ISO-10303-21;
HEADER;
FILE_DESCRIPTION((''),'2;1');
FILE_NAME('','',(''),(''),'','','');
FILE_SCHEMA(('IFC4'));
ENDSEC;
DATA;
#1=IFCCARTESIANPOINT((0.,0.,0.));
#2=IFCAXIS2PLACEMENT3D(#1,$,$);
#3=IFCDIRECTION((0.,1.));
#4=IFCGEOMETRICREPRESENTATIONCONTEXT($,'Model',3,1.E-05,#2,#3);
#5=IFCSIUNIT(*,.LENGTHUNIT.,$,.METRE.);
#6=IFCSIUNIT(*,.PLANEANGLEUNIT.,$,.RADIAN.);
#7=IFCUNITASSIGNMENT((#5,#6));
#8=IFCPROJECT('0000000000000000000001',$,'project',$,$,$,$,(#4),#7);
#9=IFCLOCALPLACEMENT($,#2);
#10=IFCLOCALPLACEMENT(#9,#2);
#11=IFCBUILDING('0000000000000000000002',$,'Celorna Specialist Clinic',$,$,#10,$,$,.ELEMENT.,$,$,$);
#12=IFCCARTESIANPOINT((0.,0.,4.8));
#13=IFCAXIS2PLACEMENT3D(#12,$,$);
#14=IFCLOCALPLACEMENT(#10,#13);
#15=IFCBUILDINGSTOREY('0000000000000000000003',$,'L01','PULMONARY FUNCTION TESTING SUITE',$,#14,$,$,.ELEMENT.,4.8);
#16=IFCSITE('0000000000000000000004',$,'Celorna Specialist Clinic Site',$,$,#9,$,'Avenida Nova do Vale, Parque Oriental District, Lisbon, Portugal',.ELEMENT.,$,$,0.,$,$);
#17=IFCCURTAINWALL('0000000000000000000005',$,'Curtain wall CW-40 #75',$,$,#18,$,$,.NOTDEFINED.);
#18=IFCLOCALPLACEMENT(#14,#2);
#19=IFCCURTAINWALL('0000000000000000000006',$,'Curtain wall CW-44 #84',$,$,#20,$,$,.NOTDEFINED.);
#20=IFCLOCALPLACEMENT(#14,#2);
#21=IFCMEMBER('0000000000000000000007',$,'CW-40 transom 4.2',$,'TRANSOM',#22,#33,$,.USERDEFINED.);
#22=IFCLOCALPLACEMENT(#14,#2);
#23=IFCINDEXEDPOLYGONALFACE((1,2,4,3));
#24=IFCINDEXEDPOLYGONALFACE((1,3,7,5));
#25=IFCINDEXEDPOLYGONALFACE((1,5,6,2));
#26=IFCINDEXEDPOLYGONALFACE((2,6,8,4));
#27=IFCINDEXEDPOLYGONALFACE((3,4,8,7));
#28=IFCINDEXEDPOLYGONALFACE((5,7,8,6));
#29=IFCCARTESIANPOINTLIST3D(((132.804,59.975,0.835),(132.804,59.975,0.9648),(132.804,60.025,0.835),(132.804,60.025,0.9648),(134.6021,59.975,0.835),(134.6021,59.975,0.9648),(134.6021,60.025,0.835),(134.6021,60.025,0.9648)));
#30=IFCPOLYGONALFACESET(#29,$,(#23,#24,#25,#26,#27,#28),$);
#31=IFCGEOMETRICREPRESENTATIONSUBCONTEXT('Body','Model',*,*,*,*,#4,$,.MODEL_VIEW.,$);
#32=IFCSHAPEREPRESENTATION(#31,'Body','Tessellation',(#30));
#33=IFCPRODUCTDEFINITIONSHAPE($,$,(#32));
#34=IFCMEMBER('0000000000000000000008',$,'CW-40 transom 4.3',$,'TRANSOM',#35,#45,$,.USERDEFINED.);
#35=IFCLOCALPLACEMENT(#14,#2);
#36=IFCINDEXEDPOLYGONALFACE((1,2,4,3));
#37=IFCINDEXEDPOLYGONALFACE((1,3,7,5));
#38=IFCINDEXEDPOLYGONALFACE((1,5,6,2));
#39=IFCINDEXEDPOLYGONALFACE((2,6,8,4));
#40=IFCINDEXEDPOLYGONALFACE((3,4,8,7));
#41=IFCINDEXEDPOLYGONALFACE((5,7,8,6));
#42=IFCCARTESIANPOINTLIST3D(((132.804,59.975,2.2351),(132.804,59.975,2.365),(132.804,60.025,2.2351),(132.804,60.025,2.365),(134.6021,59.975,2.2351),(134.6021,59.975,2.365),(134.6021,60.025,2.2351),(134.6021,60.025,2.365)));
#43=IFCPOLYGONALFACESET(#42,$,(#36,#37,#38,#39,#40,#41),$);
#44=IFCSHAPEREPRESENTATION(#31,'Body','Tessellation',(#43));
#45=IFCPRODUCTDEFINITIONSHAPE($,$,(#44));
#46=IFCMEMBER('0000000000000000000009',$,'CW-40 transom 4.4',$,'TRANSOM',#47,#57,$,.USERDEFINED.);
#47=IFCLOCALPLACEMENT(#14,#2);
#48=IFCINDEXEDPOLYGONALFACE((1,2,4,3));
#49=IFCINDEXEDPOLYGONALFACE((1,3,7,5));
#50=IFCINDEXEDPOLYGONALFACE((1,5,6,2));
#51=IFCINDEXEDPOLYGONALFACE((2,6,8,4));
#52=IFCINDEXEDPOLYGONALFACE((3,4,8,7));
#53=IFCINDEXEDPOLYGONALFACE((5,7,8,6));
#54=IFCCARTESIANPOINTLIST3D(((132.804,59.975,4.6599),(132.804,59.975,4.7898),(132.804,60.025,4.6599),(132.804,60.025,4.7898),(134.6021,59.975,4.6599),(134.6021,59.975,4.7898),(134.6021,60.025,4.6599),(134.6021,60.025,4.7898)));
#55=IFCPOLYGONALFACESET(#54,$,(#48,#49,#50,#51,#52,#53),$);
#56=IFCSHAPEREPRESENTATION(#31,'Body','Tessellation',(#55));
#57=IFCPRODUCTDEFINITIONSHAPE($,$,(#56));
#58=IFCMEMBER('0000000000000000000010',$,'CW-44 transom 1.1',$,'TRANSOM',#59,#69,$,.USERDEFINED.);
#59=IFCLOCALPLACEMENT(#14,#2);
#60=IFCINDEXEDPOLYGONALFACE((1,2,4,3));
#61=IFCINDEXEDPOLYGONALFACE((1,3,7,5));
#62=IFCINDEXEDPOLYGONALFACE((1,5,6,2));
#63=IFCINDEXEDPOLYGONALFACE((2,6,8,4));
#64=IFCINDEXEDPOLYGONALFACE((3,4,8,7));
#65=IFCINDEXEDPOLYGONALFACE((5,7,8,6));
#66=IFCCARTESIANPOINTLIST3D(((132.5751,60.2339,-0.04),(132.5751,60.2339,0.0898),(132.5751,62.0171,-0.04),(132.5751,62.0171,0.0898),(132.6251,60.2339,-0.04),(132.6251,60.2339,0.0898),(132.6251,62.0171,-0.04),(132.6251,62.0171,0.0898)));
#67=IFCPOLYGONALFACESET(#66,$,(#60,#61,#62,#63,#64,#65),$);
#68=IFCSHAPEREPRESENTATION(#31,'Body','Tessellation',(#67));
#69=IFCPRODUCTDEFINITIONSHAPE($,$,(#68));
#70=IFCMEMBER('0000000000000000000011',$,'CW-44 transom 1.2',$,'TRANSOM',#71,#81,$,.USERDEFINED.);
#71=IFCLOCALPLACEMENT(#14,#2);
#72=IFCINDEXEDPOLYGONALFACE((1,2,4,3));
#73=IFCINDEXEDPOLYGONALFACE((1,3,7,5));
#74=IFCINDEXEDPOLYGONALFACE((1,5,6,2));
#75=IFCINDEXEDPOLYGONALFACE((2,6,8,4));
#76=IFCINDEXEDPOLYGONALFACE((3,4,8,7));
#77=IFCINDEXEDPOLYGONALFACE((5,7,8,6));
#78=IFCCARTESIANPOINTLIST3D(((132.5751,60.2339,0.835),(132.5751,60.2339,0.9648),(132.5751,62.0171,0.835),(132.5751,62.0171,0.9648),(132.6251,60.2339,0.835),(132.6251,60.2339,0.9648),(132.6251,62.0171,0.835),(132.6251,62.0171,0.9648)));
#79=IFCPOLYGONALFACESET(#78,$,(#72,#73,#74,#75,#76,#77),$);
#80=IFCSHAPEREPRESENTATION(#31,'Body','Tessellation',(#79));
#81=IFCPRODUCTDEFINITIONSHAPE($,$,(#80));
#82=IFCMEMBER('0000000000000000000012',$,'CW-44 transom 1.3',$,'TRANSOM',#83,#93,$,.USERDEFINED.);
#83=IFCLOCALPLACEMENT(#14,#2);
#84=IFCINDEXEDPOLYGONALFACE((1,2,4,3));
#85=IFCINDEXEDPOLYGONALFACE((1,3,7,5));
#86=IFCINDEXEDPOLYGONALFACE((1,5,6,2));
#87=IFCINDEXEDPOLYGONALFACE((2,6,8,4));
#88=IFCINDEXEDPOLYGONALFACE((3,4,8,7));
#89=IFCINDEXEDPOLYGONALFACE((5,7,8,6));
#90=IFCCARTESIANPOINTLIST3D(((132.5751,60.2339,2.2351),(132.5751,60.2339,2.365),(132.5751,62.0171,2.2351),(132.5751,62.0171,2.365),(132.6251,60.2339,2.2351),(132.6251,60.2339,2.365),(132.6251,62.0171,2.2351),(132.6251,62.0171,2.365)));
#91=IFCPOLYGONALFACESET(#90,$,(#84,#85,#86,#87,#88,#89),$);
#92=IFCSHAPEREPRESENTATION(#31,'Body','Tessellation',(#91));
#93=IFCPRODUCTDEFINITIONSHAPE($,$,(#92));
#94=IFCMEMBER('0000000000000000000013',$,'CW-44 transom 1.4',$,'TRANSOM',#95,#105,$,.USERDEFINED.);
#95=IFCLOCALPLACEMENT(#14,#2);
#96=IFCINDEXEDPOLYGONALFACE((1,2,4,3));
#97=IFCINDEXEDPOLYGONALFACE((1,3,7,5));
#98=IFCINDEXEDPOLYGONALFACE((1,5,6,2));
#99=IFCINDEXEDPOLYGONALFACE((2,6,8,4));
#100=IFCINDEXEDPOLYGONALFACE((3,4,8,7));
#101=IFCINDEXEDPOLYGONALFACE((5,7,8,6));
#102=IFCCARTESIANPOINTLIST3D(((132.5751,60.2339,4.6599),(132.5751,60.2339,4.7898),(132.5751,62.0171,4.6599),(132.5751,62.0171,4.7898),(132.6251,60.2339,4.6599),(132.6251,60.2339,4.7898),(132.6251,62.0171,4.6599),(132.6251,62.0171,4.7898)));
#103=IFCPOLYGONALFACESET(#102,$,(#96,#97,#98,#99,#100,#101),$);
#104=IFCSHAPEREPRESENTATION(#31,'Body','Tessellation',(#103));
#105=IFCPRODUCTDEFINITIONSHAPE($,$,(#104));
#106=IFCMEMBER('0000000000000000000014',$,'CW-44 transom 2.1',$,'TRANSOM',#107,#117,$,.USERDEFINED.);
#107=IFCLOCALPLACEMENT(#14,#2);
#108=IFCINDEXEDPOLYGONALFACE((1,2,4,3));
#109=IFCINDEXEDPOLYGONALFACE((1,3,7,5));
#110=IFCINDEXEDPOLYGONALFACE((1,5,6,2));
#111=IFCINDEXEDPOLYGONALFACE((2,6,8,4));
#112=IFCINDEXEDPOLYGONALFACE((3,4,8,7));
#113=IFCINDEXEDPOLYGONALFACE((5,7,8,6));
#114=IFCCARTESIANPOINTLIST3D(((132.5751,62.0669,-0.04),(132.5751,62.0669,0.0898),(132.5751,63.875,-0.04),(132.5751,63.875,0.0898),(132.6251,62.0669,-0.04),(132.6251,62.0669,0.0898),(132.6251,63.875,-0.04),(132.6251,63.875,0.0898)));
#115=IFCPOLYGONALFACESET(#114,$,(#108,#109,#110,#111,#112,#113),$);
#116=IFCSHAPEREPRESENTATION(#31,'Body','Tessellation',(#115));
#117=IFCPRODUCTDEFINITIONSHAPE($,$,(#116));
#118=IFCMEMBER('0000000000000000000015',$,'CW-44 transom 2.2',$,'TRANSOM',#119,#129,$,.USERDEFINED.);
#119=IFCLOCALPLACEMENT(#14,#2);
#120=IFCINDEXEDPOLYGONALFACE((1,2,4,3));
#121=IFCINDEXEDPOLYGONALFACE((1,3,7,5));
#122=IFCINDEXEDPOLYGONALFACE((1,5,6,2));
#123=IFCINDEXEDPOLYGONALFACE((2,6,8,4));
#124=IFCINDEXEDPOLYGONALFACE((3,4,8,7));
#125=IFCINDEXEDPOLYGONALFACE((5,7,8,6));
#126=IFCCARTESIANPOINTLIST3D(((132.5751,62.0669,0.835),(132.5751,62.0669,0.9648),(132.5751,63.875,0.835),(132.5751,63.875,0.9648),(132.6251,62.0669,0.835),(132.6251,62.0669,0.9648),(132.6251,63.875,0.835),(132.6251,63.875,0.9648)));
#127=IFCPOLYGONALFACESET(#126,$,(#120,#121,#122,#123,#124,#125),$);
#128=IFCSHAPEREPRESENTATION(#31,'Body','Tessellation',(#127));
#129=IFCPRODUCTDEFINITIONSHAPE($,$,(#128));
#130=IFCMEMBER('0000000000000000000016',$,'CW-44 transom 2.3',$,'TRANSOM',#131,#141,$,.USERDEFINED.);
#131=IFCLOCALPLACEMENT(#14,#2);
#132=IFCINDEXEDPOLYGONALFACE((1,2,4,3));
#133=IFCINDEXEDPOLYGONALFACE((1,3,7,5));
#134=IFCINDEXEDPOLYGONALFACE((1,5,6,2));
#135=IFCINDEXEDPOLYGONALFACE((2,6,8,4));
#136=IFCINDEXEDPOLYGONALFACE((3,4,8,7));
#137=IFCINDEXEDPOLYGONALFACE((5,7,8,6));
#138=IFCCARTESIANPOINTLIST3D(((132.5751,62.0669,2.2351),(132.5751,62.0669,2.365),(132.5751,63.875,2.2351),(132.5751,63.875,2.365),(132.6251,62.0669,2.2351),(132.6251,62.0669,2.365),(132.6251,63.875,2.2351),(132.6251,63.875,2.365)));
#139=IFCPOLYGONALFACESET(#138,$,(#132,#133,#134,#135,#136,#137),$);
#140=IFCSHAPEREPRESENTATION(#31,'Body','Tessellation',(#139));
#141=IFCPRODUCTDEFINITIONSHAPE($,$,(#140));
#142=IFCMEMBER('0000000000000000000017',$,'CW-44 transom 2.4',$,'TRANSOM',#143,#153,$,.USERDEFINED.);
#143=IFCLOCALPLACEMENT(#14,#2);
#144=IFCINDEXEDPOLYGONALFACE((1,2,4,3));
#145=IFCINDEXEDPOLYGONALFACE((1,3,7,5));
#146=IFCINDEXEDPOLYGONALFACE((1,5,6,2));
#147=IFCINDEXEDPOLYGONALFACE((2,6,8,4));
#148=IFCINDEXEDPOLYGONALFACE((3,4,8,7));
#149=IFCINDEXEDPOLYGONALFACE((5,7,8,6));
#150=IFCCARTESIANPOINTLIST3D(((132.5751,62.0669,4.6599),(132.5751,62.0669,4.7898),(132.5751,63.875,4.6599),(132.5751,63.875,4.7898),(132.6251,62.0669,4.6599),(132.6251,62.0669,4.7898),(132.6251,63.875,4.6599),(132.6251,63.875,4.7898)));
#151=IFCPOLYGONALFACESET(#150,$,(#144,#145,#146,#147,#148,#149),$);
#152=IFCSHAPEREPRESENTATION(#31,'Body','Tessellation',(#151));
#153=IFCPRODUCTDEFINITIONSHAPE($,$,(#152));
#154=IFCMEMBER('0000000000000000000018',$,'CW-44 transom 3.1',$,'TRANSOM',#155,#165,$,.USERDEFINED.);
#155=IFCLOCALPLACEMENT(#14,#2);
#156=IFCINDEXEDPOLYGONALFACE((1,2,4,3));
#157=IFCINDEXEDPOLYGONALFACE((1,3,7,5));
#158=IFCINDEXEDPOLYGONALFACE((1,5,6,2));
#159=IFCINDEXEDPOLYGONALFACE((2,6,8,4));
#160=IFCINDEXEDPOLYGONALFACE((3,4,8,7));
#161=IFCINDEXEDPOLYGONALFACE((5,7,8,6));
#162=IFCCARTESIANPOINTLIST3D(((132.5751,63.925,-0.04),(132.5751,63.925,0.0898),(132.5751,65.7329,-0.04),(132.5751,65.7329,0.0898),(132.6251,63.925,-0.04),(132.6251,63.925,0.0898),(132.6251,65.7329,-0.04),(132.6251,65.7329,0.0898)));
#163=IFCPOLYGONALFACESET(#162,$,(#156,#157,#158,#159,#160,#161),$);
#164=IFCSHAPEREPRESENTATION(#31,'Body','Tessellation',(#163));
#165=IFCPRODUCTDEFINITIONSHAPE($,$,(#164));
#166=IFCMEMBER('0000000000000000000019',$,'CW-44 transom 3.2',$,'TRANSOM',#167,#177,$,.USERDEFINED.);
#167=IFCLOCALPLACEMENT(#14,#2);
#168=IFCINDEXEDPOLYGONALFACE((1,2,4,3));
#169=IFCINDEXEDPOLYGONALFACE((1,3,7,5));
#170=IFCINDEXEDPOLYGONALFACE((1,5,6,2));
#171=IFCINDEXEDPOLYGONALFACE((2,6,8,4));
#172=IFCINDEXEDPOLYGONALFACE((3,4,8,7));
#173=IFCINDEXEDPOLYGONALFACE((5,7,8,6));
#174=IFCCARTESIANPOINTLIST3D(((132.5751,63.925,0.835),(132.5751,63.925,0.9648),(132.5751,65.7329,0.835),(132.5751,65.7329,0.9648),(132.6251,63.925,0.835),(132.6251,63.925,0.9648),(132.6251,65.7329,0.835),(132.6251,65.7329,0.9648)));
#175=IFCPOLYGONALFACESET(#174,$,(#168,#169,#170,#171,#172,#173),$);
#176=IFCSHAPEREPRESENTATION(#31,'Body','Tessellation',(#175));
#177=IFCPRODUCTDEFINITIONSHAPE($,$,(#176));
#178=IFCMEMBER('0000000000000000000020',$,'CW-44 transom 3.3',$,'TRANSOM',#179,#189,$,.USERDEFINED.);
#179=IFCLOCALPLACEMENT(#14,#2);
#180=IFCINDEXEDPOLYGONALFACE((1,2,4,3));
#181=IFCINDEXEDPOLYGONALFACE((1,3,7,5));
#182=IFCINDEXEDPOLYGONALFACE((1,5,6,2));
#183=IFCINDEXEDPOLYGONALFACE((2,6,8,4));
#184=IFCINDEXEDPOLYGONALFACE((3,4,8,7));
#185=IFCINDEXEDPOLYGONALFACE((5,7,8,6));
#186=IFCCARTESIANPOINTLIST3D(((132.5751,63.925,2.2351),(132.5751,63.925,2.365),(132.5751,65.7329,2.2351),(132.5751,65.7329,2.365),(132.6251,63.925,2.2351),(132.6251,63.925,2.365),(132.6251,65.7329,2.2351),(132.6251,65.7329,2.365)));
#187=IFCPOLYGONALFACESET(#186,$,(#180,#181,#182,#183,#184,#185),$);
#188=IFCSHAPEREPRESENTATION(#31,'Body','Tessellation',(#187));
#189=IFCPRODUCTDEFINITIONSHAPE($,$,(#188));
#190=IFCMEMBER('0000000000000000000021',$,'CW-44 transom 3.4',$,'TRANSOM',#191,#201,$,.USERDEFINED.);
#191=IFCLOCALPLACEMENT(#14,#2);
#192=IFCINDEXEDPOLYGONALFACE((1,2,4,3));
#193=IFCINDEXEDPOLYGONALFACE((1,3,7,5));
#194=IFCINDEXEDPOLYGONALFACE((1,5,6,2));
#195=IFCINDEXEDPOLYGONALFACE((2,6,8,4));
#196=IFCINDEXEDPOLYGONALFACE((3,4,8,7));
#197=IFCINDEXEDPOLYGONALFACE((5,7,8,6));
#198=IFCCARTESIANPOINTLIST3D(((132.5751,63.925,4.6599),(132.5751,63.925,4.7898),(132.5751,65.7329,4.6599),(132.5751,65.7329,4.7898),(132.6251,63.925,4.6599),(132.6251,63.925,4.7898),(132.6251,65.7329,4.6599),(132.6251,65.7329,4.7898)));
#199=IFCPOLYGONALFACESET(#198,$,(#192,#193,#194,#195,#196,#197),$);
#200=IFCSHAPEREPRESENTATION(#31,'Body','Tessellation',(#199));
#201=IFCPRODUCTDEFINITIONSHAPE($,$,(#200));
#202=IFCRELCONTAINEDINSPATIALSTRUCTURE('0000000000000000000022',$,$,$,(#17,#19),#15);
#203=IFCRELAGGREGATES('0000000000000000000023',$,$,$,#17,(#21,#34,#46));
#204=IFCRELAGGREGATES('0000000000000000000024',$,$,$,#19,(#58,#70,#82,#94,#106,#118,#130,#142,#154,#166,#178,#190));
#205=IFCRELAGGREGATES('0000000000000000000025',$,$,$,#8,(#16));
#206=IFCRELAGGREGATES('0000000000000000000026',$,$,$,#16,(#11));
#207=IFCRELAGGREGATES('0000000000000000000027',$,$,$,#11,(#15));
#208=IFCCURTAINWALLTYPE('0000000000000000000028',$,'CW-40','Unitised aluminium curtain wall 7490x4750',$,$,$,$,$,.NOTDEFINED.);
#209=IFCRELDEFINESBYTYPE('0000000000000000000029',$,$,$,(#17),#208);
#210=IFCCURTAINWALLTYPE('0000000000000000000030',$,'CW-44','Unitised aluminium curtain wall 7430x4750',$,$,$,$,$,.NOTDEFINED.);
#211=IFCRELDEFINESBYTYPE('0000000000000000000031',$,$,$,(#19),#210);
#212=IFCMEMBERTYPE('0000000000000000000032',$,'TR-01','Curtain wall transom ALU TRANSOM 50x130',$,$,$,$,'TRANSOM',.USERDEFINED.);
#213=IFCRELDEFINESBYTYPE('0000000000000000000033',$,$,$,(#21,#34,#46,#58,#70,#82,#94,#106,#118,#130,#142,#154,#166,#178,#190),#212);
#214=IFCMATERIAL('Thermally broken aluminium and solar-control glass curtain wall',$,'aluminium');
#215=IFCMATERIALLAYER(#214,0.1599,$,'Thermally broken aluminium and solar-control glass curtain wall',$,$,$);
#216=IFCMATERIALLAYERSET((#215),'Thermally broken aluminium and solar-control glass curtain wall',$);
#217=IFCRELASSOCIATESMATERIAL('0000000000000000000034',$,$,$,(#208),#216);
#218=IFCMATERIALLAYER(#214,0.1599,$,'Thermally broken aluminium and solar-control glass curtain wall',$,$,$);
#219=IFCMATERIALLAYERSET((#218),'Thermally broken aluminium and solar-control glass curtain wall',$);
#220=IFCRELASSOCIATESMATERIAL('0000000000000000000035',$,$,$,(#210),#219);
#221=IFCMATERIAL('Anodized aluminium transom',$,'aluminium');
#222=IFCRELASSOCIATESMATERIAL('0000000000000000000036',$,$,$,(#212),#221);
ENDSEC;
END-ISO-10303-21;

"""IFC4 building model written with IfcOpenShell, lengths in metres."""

from ifc_helpers import new_model, si_unit, direction, frame, origin, origin_2d, place, context, subcontext, project, spatial, rectangle, extrude, material, layer, layer_set, material_profile, profile_set, type_object, element, aggregate, save


model = new_model("IFC4")

# Units and contexts
model_context = context("Model", 3, precision=1e-05, world=origin(), true_north=direction((0.0, 1.0)))
body_context = subcontext(model_context, "Body", "Model", "MODEL_VIEW")
ifc_project = project(units=[si_unit("LENGTHUNIT", "METRE"), si_unit("PLANEANGLEUNIT", "RADIAN")], contexts=[model_context])

# Site, building, storey
site_placement = place(None, origin())
site = spatial("IfcSite", under=ifc_project, at=site_placement, Name="Celorna Specialist Clinic Site", LongName="Avenida Nova do Vale, Parque Oriental District, Lisbon, Portugal", CompositionType="ELEMENT", RefElevation=0.0)
building_placement = place(site_placement, origin())
building = spatial("IfcBuilding", under=site, at=building_placement, Name="Celorna Specialist Clinic", CompositionType="ELEMENT")
storey_placement = place(building_placement, frame((0.0, 0.0, 4.8)))
storey = spatial("IfcBuildingStorey", under=building, at=storey_placement, Name="L01", Description="PULMONARY FUNCTION TESTING SUITE", CompositionType="ELEMENT", Elevation=4.8)

# Curtain walls
ifc_material_1 = material(Name="Thermally broken aluminium and solar-control glass curtain wall", Category="aluminium")
ifc_layer_1 = layer(ifc_material_1, 0.1599, Name="Thermally broken aluminium and solar-control glass curtain wall")
ifc_layer_set_1 = layer_set([ifc_layer_1], Name="Thermally broken aluminium and solar-control glass curtain wall")
curtain_wall_type_1 = type_object("IfcCurtainWallType", Name="CW-40", Description="Unitised aluminium curtain wall 7490x4750", PredefinedType="NOTDEFINED", material=ifc_layer_set_1)
curtain_wall_1_placement = place(storey_placement, origin())
curtain_wall_1 = element("IfcCurtainWall", 1, at=curtain_wall_1_placement, inside=storey, type_object=curtain_wall_type_1, Name="Curtain wall CW-40 #75", PredefinedType="NOTDEFINED")
ifc_layer_2 = layer(ifc_material_1, 0.1599, Name="Thermally broken aluminium and solar-control glass curtain wall")
ifc_layer_set_2 = layer_set([ifc_layer_2], Name="Thermally broken aluminium and solar-control glass curtain wall")
curtain_wall_type_2 = type_object("IfcCurtainWallType", Name="CW-44", Description="Unitised aluminium curtain wall 7430x4750", PredefinedType="NOTDEFINED", material=ifc_layer_set_2)
curtain_wall_2_placement = place(storey_placement, origin())
curtain_wall_2 = element("IfcCurtainWall", 2, at=curtain_wall_2_placement, inside=storey, type_object=curtain_wall_type_2, Name="Curtain wall CW-44 #84", PredefinedType="NOTDEFINED")

# Members
ifc_material_2 = material(Name="Anodized aluminium transom", Category="aluminium")
ifc_material_profile_1 = material_profile(ifc_material_2, rectangle(XDim=0.05, YDim=0.1299, at=origin_2d()), Name="ALU TRANSOM 50x130")
ifc_profile_set_1 = profile_set([ifc_material_profile_1], Name="Anodized aluminium transom")
member_type_1 = type_object("IfcMemberType", Name="TR-01", Description="Curtain wall transom ALU TRANSOM 50x130", ElementType="TRANSOM", PredefinedType="USERDEFINED", material=ifc_profile_set_1)
member_1_placement = place(storey_placement, frame((134.6021, 60.0, 0.8999), z_axis=(-1.0, 0.0, 0.0), x_axis=(0.0, -1.0, 0.0)))
member_1 = element("IfcMember", 3, at=member_1_placement, type_object=member_type_1, Name="CW-40 transom 4.2", ObjectType="TRANSOM", PredefinedType="USERDEFINED", context=body_context, shape_type="SweptSolid", body=[
    extrude(rectangle(XDim=0.05, YDim=0.1299, at=origin_2d()), origin(), (0.0, 0.0, 1.0), 1.7981),
])
member_2_placement = place(storey_placement, frame((134.6021, 60.0, 2.3), z_axis=(-1.0, 0.0, 0.0), x_axis=(0.0, -1.0, 0.0)))
member_2 = element("IfcMember", 4, at=member_2_placement, type_object=member_type_1, Name="CW-40 transom 4.3", ObjectType="TRANSOM", PredefinedType="USERDEFINED", context=body_context, shape_type="SweptSolid", body=[
    extrude(rectangle(XDim=0.05, YDim=0.1299, at=origin_2d()), origin(), (0.0, 0.0, 1.0), 1.7981),
])
member_3_placement = place(storey_placement, frame((134.6021, 60.0, 4.7249), z_axis=(-1.0, 0.0, 0.0), x_axis=(0.0, -1.0, 0.0)))
member_3 = element("IfcMember", 5, at=member_3_placement, type_object=member_type_1, Name="CW-40 transom 4.4", ObjectType="TRANSOM", PredefinedType="USERDEFINED", context=body_context, shape_type="SweptSolid", body=[
    extrude(rectangle(XDim=0.05, YDim=0.1299, at=origin_2d()), origin(), (0.0, 0.0, 1.0), 1.7981),
])
member_4_placement = place(storey_placement, frame((132.6001, 60.2339, 0.0249), z_axis=(0.0, 1.0, 0.0), x_axis=(-1.0, 0.0, 0.0)))
member_4 = element("IfcMember", 6, at=member_4_placement, type_object=member_type_1, Name="CW-44 transom 1.1", ObjectType="TRANSOM", PredefinedType="USERDEFINED", context=body_context, shape_type="SweptSolid", body=[
    extrude(rectangle(XDim=0.05, YDim=0.1299, at=origin_2d()), origin(), (0.0, 0.0, 1.0), 1.7832),
])
member_5_placement = place(storey_placement, frame((132.6001, 60.2339, 0.8999), z_axis=(0.0, 1.0, 0.0), x_axis=(-1.0, 0.0, 0.0)))
member_5 = element("IfcMember", 7, at=member_5_placement, type_object=member_type_1, Name="CW-44 transom 1.2", ObjectType="TRANSOM", PredefinedType="USERDEFINED", context=body_context, shape_type="SweptSolid", body=[
    extrude(rectangle(XDim=0.05, YDim=0.1299, at=origin_2d()), origin(), (0.0, 0.0, 1.0), 1.7832),
])
member_6_placement = place(storey_placement, frame((132.6001, 60.2339, 2.3), z_axis=(0.0, 1.0, 0.0), x_axis=(-1.0, 0.0, 0.0)))
member_6 = element("IfcMember", 8, at=member_6_placement, type_object=member_type_1, Name="CW-44 transom 1.3", ObjectType="TRANSOM", PredefinedType="USERDEFINED", context=body_context, shape_type="SweptSolid", body=[
    extrude(rectangle(XDim=0.05, YDim=0.1299, at=origin_2d()), origin(), (0.0, 0.0, 1.0), 1.7832),
])
member_7_placement = place(storey_placement, frame((132.6001, 60.2339, 4.7249), z_axis=(0.0, 1.0, 0.0), x_axis=(-1.0, 0.0, 0.0)))
member_7 = element("IfcMember", 9, at=member_7_placement, type_object=member_type_1, Name="CW-44 transom 1.4", ObjectType="TRANSOM", PredefinedType="USERDEFINED", context=body_context, shape_type="SweptSolid", body=[
    extrude(rectangle(XDim=0.05, YDim=0.1299, at=origin_2d()), origin(), (0.0, 0.0, 1.0), 1.7832),
])
member_8_placement = place(storey_placement, frame((132.6001, 62.0669, 0.0249), z_axis=(0.0, 1.0, 0.0), x_axis=(-1.0, 0.0, 0.0)))
member_8 = element("IfcMember", 10, at=member_8_placement, type_object=member_type_1, Name="CW-44 transom 2.1", ObjectType="TRANSOM", PredefinedType="USERDEFINED", context=body_context, shape_type="SweptSolid", body=[
    extrude(rectangle(XDim=0.05, YDim=0.1299, at=origin_2d()), origin(), (0.0, 0.0, 1.0), 1.8081),
])
member_9_placement = place(storey_placement, frame((132.6001, 62.0669, 0.8999), z_axis=(0.0, 1.0, 0.0), x_axis=(-1.0, 0.0, 0.0)))
member_9 = element("IfcMember", 11, at=member_9_placement, type_object=member_type_1, Name="CW-44 transom 2.2", ObjectType="TRANSOM", PredefinedType="USERDEFINED", context=body_context, shape_type="SweptSolid", body=[
    extrude(rectangle(XDim=0.05, YDim=0.1299, at=origin_2d()), origin(), (0.0, 0.0, 1.0), 1.8081),
])
member_10_placement = place(storey_placement, frame((132.6001, 62.0669, 2.3), z_axis=(0.0, 1.0, 0.0), x_axis=(-1.0, 0.0, 0.0)))
member_10 = element("IfcMember", 12, at=member_10_placement, type_object=member_type_1, Name="CW-44 transom 2.3", ObjectType="TRANSOM", PredefinedType="USERDEFINED", context=body_context, shape_type="SweptSolid", body=[
    extrude(rectangle(XDim=0.05, YDim=0.1299, at=origin_2d()), origin(), (0.0, 0.0, 1.0), 1.8081),
])
member_11_placement = place(storey_placement, frame((132.6001, 62.0669, 4.7249), z_axis=(0.0, 1.0, 0.0), x_axis=(-1.0, 0.0, 0.0)))
member_11 = element("IfcMember", 13, at=member_11_placement, type_object=member_type_1, Name="CW-44 transom 2.4", ObjectType="TRANSOM", PredefinedType="USERDEFINED", context=body_context, shape_type="SweptSolid", body=[
    extrude(rectangle(XDim=0.05, YDim=0.1299, at=origin_2d()), origin(), (0.0, 0.0, 1.0), 1.8081),
])
member_12_placement = place(storey_placement, frame((132.6001, 63.925, 0.0249), z_axis=(0.0, 1.0, 0.0), x_axis=(-1.0, 0.0, 0.0)))
member_12 = element("IfcMember", 14, at=member_12_placement, type_object=member_type_1, Name="CW-44 transom 3.1", ObjectType="TRANSOM", PredefinedType="USERDEFINED", context=body_context, shape_type="SweptSolid", body=[
    extrude(rectangle(XDim=0.05, YDim=0.1299, at=origin_2d()), origin(), (0.0, 0.0, 1.0), 1.8079),
])
member_13_placement = place(storey_placement, frame((132.6001, 63.925, 0.8999), z_axis=(0.0, 1.0, 0.0), x_axis=(-1.0, 0.0, 0.0)))
member_13 = element("IfcMember", 15, at=member_13_placement, type_object=member_type_1, Name="CW-44 transom 3.2", ObjectType="TRANSOM", PredefinedType="USERDEFINED", context=body_context, shape_type="SweptSolid", body=[
    extrude(rectangle(XDim=0.05, YDim=0.1299, at=origin_2d()), origin(), (0.0, 0.0, 1.0), 1.8079),
])
member_14_placement = place(storey_placement, frame((132.6001, 63.925, 2.3), z_axis=(0.0, 1.0, 0.0), x_axis=(-1.0, 0.0, 0.0)))
member_14 = element("IfcMember", 16, at=member_14_placement, type_object=member_type_1, Name="CW-44 transom 3.3", ObjectType="TRANSOM", PredefinedType="USERDEFINED", context=body_context, shape_type="SweptSolid", body=[
    extrude(rectangle(XDim=0.05, YDim=0.1299, at=origin_2d()), origin(), (0.0, 0.0, 1.0), 1.8079),
])
member_15_placement = place(storey_placement, frame((132.6001, 63.925, 4.7249), z_axis=(0.0, 1.0, 0.0), x_axis=(-1.0, 0.0, 0.0)))
member_15 = element("IfcMember", 17, at=member_15_placement, type_object=member_type_1, Name="CW-44 transom 3.4", ObjectType="TRANSOM", PredefinedType="USERDEFINED", context=body_context, shape_type="SweptSolid", body=[
    extrude(rectangle(XDim=0.05, YDim=0.1299, at=origin_2d()), origin(), (0.0, 0.0, 1.0), 1.8079),
])

aggregate(curtain_wall_1, [member_1, member_2, member_3])
aggregate(curtain_wall_2, [member_4, member_5, member_6, member_7, member_8, member_9, member_10, member_11, member_12, member_13, member_14, member_15])

save(model, "model.ifc")
